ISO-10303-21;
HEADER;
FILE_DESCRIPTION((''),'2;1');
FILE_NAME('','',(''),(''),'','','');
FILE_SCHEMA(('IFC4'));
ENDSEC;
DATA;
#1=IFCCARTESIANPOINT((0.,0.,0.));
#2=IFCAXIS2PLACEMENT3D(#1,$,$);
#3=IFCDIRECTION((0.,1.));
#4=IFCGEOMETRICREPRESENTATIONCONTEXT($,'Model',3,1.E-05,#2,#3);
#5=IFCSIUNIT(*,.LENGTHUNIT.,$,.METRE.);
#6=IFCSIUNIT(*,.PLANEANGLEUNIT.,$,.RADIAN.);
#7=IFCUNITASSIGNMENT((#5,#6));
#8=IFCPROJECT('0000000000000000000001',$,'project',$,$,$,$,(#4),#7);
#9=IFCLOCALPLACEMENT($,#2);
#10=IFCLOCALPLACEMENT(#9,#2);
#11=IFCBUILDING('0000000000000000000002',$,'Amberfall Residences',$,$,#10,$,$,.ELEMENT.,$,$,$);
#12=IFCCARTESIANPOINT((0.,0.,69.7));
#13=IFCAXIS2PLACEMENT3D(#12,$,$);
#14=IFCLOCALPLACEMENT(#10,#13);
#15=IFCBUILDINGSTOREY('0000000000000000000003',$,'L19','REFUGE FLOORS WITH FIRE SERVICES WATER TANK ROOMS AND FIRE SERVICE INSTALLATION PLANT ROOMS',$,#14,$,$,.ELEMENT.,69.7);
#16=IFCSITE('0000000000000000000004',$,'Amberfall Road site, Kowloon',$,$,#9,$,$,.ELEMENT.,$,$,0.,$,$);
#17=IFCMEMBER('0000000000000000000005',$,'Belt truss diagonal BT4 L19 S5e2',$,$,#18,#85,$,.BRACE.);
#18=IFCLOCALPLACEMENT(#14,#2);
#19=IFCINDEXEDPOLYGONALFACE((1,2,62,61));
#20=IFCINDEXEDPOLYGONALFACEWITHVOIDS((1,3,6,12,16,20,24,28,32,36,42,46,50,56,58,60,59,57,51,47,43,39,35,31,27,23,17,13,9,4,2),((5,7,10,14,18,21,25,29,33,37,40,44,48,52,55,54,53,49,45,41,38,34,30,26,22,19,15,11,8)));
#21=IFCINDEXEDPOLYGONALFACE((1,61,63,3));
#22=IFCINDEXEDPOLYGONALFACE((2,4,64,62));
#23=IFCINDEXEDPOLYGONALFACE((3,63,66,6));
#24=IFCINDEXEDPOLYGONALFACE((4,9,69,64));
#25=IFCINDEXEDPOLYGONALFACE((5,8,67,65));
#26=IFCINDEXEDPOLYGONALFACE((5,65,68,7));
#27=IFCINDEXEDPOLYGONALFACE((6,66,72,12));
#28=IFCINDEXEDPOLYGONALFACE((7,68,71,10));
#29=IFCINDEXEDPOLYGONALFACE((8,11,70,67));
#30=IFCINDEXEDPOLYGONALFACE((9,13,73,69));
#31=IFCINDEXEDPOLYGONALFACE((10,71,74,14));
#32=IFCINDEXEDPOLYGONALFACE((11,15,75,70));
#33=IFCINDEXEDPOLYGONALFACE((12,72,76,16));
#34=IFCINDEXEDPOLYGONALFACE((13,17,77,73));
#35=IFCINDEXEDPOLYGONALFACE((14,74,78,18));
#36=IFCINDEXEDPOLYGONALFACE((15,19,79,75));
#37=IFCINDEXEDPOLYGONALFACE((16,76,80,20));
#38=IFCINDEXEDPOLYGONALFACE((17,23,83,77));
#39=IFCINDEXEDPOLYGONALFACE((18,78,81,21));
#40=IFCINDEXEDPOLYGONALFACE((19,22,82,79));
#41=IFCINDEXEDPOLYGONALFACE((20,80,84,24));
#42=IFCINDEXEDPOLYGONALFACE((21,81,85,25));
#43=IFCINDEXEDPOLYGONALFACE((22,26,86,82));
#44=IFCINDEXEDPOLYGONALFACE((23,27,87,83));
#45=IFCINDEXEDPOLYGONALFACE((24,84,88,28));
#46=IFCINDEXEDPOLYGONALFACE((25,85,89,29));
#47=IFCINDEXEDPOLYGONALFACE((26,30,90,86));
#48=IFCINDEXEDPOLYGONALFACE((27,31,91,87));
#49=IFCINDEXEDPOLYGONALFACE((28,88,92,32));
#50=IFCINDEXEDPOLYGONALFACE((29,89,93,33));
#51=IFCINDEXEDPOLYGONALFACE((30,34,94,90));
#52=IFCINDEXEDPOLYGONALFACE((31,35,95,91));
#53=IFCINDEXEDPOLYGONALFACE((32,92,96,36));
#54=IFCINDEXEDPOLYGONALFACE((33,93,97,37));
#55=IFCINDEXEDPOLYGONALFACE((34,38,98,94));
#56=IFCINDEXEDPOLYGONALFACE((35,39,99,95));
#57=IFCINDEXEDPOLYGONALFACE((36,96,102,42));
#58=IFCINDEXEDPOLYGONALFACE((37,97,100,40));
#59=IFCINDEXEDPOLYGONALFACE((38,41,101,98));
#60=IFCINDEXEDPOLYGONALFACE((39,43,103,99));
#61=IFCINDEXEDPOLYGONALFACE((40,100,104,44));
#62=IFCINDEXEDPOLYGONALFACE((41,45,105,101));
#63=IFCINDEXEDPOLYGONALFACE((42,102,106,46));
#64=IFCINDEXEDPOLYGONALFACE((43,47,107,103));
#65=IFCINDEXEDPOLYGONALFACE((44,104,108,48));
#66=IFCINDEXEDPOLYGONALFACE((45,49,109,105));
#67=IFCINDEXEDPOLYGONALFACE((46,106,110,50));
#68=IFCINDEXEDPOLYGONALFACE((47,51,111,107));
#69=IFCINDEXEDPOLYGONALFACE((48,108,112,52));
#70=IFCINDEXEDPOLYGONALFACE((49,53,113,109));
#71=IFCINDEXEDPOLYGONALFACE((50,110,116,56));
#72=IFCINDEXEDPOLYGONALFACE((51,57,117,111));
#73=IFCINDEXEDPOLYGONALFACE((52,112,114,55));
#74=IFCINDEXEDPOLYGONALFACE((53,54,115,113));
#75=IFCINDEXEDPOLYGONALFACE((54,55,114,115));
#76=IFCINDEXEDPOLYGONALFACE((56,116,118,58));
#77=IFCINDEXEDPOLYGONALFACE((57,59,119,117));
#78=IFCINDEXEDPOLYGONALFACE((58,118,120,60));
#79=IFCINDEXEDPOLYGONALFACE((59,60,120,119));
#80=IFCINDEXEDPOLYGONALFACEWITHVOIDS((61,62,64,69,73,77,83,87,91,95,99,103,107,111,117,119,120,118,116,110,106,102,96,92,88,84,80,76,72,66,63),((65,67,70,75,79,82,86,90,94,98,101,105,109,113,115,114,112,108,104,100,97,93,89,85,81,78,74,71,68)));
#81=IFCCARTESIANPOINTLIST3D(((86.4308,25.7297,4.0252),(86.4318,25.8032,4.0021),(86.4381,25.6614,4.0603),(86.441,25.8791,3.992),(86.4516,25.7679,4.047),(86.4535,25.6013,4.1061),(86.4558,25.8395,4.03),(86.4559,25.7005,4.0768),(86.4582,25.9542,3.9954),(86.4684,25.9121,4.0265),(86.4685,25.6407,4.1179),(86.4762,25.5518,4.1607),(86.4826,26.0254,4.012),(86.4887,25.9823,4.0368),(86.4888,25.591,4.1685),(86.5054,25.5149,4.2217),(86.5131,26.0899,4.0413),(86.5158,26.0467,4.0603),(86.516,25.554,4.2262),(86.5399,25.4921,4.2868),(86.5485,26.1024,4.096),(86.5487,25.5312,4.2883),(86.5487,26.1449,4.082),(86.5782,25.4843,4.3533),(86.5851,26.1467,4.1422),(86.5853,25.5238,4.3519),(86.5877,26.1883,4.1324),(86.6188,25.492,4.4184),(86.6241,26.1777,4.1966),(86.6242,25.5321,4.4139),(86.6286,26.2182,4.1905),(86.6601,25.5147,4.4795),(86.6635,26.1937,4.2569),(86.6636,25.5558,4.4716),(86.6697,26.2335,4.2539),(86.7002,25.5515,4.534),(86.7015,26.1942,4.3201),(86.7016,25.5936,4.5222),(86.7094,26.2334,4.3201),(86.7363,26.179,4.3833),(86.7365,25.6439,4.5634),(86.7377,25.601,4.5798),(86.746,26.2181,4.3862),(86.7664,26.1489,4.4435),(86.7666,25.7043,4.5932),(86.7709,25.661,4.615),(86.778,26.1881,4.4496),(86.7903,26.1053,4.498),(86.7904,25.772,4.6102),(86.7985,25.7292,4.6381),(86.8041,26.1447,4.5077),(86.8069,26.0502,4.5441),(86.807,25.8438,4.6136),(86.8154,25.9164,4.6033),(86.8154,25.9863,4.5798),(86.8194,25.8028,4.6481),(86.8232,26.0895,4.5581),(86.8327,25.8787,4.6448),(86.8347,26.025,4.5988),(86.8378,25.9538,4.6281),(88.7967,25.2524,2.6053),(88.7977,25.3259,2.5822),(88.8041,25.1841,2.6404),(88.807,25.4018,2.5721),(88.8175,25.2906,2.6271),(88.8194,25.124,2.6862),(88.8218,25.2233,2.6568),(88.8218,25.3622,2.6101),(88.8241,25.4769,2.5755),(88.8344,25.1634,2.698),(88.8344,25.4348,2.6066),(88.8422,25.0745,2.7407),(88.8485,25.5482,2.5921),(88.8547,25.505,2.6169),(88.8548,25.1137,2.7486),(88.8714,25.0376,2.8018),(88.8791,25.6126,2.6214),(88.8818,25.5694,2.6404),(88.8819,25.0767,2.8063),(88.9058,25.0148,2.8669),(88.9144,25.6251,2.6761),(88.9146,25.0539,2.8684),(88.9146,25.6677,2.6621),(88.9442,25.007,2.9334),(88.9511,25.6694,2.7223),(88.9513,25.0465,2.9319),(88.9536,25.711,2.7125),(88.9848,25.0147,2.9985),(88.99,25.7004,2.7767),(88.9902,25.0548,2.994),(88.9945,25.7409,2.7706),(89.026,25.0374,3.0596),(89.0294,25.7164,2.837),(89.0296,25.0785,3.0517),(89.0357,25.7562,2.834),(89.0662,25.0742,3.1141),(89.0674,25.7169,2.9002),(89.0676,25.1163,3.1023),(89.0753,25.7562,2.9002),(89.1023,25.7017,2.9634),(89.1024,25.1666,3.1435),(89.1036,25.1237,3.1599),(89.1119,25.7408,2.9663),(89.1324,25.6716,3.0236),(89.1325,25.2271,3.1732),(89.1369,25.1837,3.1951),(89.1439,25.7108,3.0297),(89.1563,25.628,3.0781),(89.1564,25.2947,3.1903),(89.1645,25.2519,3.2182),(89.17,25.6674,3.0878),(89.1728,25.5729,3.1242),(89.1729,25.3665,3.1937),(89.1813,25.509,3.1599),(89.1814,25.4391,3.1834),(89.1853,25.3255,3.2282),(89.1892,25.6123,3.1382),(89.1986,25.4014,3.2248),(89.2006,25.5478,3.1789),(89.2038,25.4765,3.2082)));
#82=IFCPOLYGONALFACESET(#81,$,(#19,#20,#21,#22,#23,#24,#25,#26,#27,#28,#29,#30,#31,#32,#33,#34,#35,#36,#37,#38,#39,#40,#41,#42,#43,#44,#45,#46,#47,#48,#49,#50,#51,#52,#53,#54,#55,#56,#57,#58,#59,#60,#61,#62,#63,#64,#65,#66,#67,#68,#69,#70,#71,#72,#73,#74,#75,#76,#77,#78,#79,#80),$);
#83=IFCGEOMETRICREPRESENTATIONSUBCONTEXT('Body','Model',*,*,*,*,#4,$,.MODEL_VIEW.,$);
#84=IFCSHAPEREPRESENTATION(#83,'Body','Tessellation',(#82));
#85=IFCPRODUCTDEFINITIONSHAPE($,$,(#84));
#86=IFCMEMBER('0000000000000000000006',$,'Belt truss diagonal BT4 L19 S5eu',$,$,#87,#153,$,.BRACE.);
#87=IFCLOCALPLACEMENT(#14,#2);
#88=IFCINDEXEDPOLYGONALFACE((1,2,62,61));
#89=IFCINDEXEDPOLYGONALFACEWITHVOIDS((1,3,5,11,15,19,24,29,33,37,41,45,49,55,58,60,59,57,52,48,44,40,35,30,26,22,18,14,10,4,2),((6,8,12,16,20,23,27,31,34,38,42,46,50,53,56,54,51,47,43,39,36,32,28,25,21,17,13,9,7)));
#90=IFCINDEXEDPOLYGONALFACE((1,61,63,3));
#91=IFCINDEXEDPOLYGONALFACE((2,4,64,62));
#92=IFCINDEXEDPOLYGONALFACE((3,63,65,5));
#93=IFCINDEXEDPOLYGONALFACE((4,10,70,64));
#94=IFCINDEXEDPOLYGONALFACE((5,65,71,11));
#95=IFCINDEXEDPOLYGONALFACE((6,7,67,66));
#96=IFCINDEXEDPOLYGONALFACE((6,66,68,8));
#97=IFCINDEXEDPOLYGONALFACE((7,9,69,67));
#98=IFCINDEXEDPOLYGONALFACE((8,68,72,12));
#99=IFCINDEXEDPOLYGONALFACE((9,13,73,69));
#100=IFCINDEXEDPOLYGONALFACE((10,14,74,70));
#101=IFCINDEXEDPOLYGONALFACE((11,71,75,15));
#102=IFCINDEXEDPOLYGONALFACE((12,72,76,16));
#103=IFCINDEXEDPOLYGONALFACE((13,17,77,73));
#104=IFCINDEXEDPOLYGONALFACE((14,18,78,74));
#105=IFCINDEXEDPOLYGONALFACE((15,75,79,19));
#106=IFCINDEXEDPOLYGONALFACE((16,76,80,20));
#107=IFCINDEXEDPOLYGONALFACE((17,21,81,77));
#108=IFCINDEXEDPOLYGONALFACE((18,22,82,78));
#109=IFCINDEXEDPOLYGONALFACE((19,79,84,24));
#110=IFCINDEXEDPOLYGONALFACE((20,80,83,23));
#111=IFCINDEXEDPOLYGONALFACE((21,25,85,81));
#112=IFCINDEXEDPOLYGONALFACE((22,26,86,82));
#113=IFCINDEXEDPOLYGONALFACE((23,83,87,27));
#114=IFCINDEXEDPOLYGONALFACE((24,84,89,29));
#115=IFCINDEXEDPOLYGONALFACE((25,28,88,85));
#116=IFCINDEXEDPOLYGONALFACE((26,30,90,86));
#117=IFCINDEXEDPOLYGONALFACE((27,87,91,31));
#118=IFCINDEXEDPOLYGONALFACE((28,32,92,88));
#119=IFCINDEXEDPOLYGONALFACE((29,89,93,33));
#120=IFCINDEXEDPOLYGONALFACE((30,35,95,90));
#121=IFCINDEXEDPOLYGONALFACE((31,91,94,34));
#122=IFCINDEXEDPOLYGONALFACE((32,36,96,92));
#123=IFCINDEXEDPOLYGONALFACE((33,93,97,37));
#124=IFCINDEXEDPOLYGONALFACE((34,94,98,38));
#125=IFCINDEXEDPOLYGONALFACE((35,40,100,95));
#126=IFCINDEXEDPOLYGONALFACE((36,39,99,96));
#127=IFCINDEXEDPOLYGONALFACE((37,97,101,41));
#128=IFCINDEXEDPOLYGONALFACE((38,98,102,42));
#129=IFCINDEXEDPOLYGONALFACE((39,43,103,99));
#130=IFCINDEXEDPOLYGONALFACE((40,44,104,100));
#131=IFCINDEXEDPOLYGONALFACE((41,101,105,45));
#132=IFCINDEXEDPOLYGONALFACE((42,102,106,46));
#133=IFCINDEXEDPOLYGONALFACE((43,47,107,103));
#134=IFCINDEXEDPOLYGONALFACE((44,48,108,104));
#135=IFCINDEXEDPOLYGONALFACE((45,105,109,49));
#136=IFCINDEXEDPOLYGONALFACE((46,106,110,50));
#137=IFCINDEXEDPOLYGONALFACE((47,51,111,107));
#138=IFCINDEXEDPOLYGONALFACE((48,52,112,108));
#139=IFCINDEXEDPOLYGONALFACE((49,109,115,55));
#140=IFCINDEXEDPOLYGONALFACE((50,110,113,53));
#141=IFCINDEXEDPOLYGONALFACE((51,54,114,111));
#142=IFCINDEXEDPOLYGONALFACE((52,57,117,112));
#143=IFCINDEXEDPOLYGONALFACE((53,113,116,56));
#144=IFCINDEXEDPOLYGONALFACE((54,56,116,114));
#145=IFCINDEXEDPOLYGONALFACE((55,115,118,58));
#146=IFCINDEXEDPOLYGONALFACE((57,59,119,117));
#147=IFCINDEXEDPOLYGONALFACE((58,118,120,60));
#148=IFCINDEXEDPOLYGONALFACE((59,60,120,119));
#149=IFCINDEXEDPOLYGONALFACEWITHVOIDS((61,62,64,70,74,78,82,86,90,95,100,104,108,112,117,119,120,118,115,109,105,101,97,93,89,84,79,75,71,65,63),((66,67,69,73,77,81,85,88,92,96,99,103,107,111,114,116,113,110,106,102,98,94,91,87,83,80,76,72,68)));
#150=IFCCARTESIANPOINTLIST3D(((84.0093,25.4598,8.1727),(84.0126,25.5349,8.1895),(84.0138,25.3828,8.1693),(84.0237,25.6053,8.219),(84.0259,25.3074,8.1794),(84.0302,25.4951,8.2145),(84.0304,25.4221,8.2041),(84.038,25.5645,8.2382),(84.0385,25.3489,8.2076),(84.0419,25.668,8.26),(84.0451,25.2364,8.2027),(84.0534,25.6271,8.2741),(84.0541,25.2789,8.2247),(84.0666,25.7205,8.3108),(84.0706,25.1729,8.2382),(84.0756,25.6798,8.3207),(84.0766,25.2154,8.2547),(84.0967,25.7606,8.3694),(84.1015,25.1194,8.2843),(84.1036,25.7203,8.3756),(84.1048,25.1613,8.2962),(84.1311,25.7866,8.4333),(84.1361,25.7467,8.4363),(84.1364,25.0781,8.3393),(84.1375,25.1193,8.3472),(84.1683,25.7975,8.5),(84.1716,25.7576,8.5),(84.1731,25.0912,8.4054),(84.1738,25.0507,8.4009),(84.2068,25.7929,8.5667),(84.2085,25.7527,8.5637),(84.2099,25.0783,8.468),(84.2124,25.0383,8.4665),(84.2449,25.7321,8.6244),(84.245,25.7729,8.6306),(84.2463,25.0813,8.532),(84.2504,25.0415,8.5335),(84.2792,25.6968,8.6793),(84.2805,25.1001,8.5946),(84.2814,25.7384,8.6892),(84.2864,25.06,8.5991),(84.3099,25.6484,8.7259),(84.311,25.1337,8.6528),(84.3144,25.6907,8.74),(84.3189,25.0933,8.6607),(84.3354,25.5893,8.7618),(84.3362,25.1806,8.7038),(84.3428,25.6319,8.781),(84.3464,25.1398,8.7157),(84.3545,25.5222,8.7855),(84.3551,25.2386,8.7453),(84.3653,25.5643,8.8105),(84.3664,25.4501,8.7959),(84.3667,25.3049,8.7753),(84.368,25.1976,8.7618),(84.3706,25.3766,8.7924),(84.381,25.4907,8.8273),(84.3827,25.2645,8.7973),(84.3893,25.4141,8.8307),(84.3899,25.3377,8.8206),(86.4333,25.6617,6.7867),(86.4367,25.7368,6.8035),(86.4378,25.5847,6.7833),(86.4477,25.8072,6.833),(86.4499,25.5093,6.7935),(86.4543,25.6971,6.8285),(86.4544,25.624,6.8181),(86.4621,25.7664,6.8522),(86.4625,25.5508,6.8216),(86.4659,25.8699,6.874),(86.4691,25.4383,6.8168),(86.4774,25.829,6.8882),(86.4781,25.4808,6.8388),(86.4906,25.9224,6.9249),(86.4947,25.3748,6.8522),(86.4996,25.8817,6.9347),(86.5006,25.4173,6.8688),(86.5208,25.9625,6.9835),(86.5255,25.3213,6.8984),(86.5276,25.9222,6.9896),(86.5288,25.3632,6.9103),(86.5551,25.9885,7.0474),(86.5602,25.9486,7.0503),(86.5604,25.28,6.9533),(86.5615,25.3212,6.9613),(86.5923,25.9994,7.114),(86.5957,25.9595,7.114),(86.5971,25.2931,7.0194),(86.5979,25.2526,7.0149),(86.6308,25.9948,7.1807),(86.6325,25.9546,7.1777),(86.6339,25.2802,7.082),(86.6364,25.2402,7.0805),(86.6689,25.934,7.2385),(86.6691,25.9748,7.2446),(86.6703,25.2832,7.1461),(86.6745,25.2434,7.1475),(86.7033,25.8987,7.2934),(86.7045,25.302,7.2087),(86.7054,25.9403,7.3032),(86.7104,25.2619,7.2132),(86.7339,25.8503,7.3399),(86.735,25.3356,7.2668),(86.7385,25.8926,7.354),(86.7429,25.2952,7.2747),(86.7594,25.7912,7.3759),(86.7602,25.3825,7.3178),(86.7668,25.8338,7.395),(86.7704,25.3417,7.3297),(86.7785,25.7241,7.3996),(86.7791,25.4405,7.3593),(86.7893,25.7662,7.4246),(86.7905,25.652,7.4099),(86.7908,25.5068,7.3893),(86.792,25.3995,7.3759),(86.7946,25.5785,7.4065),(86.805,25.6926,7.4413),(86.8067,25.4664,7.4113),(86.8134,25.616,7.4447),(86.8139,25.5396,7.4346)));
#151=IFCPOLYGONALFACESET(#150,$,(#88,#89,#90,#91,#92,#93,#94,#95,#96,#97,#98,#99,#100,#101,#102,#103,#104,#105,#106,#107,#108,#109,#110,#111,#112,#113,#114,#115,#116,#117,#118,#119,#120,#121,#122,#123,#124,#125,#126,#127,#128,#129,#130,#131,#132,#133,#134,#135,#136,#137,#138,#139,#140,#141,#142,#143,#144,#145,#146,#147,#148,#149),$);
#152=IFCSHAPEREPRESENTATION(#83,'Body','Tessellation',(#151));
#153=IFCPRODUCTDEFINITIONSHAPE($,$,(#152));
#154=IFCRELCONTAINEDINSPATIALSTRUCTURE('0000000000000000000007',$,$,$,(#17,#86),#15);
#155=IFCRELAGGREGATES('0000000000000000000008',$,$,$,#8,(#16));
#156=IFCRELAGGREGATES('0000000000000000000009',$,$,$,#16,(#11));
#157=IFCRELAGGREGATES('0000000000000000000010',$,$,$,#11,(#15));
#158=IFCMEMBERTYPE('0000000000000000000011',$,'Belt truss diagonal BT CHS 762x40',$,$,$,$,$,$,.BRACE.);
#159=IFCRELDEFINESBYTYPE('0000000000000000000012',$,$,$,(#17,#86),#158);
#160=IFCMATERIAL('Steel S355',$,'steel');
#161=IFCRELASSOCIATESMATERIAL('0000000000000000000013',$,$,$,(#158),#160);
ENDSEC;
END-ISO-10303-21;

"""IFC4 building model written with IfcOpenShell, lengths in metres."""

from ifc_helpers import new_model, si_unit, direction, frame, origin, origin_2d, place, context, subcontext, project, spatial, hollow_circle, extrude, material, material_profile, profile_set, type_object, element, save


model = new_model("IFC4")

# Units and contexts
model_context = context("Model", 3, precision=1e-05, world=origin(), true_north=direction((0.0, 1.0)))
body_context = subcontext(model_context, "Body", "Model", "MODEL_VIEW")
ifc_project = project(units=[si_unit("LENGTHUNIT", "METRE"), si_unit("PLANEANGLEUNIT", "RADIAN")], contexts=[model_context])

# Site, building, storey
site_placement = place(None, origin())
site = spatial("IfcSite", under=ifc_project, at=site_placement, Name="Amberfall Road site, Kowloon", CompositionType="ELEMENT", RefElevation=0.0)
building_placement = place(site_placement, origin())
building = spatial("IfcBuilding", under=site, at=building_placement, Name="Amberfall Residences", CompositionType="ELEMENT")
storey_placement = place(building_placement, frame((0.0, 0.0, 69.7)))
storey = spatial("IfcBuildingStorey", under=building, at=storey_placement, Name="L19", Description="REFUGE FLOORS WITH FIRE SERVICES WATER TANK ROOMS AND FIRE SERVICE INSTALLATION PLANT ROOMS", CompositionType="ELEMENT", Elevation=69.7)

# Shared definitions
ifc_material_1 = material(Name="Steel S355", Category="steel")

# Members
ifc_material_profile_1 = material_profile(ifc_material_1, hollow_circle(Radius=0.3811, WallThickness=0.04, at=origin_2d()), Name="CHS 762x40")
ifc_profile_set_1 = profile_set([ifc_material_profile_1], Name="Steel S355")
member_type = type_object("IfcMemberType", Name="Belt truss diagonal BT CHS 762x40", PredefinedType="BRACE", material=ifc_profile_set_1)
member_1_placement = place(storey_placement, frame((86.634, 25.8599, 4.3201), z_axis=(0.844892, -0.170443, -0.507057), x_axis=(0.19775, 0.980253, 0.0)))
element("IfcMember", 1, at=member_1_placement, inside=storey, type_object=member_type, Name="Belt truss diagonal BT4 L19 S5e2", PredefinedType="BRACE", context=body_context, shape_type="SweptSolid", body=[
    extrude(hollow_circle(Radius=0.3811, WallThickness=0.04, at=origin_2d()), origin(), (0.0, 0.0, 1.0), 2.8003),
])
member_2_placement = place(storey_placement, frame((84.2, 25.4177, 8.5), z_axis=(0.865859, 0.072119, -0.495063), x_axis=(-0.083004, 0.996549, 0.0)))
element("IfcMember", 2, at=member_2_placement, inside=storey, type_object=member_type, Name="Belt truss diagonal BT4 L19 S5eu", PredefinedType="BRACE", context=body_context, shape_type="SweptSolid", body=[
    extrude(hollow_circle(Radius=0.3811, WallThickness=0.04, at=origin_2d()), origin(), (0.0, 0.0, 1.0), 2.7996),
])

save(model, "model.ifc")
